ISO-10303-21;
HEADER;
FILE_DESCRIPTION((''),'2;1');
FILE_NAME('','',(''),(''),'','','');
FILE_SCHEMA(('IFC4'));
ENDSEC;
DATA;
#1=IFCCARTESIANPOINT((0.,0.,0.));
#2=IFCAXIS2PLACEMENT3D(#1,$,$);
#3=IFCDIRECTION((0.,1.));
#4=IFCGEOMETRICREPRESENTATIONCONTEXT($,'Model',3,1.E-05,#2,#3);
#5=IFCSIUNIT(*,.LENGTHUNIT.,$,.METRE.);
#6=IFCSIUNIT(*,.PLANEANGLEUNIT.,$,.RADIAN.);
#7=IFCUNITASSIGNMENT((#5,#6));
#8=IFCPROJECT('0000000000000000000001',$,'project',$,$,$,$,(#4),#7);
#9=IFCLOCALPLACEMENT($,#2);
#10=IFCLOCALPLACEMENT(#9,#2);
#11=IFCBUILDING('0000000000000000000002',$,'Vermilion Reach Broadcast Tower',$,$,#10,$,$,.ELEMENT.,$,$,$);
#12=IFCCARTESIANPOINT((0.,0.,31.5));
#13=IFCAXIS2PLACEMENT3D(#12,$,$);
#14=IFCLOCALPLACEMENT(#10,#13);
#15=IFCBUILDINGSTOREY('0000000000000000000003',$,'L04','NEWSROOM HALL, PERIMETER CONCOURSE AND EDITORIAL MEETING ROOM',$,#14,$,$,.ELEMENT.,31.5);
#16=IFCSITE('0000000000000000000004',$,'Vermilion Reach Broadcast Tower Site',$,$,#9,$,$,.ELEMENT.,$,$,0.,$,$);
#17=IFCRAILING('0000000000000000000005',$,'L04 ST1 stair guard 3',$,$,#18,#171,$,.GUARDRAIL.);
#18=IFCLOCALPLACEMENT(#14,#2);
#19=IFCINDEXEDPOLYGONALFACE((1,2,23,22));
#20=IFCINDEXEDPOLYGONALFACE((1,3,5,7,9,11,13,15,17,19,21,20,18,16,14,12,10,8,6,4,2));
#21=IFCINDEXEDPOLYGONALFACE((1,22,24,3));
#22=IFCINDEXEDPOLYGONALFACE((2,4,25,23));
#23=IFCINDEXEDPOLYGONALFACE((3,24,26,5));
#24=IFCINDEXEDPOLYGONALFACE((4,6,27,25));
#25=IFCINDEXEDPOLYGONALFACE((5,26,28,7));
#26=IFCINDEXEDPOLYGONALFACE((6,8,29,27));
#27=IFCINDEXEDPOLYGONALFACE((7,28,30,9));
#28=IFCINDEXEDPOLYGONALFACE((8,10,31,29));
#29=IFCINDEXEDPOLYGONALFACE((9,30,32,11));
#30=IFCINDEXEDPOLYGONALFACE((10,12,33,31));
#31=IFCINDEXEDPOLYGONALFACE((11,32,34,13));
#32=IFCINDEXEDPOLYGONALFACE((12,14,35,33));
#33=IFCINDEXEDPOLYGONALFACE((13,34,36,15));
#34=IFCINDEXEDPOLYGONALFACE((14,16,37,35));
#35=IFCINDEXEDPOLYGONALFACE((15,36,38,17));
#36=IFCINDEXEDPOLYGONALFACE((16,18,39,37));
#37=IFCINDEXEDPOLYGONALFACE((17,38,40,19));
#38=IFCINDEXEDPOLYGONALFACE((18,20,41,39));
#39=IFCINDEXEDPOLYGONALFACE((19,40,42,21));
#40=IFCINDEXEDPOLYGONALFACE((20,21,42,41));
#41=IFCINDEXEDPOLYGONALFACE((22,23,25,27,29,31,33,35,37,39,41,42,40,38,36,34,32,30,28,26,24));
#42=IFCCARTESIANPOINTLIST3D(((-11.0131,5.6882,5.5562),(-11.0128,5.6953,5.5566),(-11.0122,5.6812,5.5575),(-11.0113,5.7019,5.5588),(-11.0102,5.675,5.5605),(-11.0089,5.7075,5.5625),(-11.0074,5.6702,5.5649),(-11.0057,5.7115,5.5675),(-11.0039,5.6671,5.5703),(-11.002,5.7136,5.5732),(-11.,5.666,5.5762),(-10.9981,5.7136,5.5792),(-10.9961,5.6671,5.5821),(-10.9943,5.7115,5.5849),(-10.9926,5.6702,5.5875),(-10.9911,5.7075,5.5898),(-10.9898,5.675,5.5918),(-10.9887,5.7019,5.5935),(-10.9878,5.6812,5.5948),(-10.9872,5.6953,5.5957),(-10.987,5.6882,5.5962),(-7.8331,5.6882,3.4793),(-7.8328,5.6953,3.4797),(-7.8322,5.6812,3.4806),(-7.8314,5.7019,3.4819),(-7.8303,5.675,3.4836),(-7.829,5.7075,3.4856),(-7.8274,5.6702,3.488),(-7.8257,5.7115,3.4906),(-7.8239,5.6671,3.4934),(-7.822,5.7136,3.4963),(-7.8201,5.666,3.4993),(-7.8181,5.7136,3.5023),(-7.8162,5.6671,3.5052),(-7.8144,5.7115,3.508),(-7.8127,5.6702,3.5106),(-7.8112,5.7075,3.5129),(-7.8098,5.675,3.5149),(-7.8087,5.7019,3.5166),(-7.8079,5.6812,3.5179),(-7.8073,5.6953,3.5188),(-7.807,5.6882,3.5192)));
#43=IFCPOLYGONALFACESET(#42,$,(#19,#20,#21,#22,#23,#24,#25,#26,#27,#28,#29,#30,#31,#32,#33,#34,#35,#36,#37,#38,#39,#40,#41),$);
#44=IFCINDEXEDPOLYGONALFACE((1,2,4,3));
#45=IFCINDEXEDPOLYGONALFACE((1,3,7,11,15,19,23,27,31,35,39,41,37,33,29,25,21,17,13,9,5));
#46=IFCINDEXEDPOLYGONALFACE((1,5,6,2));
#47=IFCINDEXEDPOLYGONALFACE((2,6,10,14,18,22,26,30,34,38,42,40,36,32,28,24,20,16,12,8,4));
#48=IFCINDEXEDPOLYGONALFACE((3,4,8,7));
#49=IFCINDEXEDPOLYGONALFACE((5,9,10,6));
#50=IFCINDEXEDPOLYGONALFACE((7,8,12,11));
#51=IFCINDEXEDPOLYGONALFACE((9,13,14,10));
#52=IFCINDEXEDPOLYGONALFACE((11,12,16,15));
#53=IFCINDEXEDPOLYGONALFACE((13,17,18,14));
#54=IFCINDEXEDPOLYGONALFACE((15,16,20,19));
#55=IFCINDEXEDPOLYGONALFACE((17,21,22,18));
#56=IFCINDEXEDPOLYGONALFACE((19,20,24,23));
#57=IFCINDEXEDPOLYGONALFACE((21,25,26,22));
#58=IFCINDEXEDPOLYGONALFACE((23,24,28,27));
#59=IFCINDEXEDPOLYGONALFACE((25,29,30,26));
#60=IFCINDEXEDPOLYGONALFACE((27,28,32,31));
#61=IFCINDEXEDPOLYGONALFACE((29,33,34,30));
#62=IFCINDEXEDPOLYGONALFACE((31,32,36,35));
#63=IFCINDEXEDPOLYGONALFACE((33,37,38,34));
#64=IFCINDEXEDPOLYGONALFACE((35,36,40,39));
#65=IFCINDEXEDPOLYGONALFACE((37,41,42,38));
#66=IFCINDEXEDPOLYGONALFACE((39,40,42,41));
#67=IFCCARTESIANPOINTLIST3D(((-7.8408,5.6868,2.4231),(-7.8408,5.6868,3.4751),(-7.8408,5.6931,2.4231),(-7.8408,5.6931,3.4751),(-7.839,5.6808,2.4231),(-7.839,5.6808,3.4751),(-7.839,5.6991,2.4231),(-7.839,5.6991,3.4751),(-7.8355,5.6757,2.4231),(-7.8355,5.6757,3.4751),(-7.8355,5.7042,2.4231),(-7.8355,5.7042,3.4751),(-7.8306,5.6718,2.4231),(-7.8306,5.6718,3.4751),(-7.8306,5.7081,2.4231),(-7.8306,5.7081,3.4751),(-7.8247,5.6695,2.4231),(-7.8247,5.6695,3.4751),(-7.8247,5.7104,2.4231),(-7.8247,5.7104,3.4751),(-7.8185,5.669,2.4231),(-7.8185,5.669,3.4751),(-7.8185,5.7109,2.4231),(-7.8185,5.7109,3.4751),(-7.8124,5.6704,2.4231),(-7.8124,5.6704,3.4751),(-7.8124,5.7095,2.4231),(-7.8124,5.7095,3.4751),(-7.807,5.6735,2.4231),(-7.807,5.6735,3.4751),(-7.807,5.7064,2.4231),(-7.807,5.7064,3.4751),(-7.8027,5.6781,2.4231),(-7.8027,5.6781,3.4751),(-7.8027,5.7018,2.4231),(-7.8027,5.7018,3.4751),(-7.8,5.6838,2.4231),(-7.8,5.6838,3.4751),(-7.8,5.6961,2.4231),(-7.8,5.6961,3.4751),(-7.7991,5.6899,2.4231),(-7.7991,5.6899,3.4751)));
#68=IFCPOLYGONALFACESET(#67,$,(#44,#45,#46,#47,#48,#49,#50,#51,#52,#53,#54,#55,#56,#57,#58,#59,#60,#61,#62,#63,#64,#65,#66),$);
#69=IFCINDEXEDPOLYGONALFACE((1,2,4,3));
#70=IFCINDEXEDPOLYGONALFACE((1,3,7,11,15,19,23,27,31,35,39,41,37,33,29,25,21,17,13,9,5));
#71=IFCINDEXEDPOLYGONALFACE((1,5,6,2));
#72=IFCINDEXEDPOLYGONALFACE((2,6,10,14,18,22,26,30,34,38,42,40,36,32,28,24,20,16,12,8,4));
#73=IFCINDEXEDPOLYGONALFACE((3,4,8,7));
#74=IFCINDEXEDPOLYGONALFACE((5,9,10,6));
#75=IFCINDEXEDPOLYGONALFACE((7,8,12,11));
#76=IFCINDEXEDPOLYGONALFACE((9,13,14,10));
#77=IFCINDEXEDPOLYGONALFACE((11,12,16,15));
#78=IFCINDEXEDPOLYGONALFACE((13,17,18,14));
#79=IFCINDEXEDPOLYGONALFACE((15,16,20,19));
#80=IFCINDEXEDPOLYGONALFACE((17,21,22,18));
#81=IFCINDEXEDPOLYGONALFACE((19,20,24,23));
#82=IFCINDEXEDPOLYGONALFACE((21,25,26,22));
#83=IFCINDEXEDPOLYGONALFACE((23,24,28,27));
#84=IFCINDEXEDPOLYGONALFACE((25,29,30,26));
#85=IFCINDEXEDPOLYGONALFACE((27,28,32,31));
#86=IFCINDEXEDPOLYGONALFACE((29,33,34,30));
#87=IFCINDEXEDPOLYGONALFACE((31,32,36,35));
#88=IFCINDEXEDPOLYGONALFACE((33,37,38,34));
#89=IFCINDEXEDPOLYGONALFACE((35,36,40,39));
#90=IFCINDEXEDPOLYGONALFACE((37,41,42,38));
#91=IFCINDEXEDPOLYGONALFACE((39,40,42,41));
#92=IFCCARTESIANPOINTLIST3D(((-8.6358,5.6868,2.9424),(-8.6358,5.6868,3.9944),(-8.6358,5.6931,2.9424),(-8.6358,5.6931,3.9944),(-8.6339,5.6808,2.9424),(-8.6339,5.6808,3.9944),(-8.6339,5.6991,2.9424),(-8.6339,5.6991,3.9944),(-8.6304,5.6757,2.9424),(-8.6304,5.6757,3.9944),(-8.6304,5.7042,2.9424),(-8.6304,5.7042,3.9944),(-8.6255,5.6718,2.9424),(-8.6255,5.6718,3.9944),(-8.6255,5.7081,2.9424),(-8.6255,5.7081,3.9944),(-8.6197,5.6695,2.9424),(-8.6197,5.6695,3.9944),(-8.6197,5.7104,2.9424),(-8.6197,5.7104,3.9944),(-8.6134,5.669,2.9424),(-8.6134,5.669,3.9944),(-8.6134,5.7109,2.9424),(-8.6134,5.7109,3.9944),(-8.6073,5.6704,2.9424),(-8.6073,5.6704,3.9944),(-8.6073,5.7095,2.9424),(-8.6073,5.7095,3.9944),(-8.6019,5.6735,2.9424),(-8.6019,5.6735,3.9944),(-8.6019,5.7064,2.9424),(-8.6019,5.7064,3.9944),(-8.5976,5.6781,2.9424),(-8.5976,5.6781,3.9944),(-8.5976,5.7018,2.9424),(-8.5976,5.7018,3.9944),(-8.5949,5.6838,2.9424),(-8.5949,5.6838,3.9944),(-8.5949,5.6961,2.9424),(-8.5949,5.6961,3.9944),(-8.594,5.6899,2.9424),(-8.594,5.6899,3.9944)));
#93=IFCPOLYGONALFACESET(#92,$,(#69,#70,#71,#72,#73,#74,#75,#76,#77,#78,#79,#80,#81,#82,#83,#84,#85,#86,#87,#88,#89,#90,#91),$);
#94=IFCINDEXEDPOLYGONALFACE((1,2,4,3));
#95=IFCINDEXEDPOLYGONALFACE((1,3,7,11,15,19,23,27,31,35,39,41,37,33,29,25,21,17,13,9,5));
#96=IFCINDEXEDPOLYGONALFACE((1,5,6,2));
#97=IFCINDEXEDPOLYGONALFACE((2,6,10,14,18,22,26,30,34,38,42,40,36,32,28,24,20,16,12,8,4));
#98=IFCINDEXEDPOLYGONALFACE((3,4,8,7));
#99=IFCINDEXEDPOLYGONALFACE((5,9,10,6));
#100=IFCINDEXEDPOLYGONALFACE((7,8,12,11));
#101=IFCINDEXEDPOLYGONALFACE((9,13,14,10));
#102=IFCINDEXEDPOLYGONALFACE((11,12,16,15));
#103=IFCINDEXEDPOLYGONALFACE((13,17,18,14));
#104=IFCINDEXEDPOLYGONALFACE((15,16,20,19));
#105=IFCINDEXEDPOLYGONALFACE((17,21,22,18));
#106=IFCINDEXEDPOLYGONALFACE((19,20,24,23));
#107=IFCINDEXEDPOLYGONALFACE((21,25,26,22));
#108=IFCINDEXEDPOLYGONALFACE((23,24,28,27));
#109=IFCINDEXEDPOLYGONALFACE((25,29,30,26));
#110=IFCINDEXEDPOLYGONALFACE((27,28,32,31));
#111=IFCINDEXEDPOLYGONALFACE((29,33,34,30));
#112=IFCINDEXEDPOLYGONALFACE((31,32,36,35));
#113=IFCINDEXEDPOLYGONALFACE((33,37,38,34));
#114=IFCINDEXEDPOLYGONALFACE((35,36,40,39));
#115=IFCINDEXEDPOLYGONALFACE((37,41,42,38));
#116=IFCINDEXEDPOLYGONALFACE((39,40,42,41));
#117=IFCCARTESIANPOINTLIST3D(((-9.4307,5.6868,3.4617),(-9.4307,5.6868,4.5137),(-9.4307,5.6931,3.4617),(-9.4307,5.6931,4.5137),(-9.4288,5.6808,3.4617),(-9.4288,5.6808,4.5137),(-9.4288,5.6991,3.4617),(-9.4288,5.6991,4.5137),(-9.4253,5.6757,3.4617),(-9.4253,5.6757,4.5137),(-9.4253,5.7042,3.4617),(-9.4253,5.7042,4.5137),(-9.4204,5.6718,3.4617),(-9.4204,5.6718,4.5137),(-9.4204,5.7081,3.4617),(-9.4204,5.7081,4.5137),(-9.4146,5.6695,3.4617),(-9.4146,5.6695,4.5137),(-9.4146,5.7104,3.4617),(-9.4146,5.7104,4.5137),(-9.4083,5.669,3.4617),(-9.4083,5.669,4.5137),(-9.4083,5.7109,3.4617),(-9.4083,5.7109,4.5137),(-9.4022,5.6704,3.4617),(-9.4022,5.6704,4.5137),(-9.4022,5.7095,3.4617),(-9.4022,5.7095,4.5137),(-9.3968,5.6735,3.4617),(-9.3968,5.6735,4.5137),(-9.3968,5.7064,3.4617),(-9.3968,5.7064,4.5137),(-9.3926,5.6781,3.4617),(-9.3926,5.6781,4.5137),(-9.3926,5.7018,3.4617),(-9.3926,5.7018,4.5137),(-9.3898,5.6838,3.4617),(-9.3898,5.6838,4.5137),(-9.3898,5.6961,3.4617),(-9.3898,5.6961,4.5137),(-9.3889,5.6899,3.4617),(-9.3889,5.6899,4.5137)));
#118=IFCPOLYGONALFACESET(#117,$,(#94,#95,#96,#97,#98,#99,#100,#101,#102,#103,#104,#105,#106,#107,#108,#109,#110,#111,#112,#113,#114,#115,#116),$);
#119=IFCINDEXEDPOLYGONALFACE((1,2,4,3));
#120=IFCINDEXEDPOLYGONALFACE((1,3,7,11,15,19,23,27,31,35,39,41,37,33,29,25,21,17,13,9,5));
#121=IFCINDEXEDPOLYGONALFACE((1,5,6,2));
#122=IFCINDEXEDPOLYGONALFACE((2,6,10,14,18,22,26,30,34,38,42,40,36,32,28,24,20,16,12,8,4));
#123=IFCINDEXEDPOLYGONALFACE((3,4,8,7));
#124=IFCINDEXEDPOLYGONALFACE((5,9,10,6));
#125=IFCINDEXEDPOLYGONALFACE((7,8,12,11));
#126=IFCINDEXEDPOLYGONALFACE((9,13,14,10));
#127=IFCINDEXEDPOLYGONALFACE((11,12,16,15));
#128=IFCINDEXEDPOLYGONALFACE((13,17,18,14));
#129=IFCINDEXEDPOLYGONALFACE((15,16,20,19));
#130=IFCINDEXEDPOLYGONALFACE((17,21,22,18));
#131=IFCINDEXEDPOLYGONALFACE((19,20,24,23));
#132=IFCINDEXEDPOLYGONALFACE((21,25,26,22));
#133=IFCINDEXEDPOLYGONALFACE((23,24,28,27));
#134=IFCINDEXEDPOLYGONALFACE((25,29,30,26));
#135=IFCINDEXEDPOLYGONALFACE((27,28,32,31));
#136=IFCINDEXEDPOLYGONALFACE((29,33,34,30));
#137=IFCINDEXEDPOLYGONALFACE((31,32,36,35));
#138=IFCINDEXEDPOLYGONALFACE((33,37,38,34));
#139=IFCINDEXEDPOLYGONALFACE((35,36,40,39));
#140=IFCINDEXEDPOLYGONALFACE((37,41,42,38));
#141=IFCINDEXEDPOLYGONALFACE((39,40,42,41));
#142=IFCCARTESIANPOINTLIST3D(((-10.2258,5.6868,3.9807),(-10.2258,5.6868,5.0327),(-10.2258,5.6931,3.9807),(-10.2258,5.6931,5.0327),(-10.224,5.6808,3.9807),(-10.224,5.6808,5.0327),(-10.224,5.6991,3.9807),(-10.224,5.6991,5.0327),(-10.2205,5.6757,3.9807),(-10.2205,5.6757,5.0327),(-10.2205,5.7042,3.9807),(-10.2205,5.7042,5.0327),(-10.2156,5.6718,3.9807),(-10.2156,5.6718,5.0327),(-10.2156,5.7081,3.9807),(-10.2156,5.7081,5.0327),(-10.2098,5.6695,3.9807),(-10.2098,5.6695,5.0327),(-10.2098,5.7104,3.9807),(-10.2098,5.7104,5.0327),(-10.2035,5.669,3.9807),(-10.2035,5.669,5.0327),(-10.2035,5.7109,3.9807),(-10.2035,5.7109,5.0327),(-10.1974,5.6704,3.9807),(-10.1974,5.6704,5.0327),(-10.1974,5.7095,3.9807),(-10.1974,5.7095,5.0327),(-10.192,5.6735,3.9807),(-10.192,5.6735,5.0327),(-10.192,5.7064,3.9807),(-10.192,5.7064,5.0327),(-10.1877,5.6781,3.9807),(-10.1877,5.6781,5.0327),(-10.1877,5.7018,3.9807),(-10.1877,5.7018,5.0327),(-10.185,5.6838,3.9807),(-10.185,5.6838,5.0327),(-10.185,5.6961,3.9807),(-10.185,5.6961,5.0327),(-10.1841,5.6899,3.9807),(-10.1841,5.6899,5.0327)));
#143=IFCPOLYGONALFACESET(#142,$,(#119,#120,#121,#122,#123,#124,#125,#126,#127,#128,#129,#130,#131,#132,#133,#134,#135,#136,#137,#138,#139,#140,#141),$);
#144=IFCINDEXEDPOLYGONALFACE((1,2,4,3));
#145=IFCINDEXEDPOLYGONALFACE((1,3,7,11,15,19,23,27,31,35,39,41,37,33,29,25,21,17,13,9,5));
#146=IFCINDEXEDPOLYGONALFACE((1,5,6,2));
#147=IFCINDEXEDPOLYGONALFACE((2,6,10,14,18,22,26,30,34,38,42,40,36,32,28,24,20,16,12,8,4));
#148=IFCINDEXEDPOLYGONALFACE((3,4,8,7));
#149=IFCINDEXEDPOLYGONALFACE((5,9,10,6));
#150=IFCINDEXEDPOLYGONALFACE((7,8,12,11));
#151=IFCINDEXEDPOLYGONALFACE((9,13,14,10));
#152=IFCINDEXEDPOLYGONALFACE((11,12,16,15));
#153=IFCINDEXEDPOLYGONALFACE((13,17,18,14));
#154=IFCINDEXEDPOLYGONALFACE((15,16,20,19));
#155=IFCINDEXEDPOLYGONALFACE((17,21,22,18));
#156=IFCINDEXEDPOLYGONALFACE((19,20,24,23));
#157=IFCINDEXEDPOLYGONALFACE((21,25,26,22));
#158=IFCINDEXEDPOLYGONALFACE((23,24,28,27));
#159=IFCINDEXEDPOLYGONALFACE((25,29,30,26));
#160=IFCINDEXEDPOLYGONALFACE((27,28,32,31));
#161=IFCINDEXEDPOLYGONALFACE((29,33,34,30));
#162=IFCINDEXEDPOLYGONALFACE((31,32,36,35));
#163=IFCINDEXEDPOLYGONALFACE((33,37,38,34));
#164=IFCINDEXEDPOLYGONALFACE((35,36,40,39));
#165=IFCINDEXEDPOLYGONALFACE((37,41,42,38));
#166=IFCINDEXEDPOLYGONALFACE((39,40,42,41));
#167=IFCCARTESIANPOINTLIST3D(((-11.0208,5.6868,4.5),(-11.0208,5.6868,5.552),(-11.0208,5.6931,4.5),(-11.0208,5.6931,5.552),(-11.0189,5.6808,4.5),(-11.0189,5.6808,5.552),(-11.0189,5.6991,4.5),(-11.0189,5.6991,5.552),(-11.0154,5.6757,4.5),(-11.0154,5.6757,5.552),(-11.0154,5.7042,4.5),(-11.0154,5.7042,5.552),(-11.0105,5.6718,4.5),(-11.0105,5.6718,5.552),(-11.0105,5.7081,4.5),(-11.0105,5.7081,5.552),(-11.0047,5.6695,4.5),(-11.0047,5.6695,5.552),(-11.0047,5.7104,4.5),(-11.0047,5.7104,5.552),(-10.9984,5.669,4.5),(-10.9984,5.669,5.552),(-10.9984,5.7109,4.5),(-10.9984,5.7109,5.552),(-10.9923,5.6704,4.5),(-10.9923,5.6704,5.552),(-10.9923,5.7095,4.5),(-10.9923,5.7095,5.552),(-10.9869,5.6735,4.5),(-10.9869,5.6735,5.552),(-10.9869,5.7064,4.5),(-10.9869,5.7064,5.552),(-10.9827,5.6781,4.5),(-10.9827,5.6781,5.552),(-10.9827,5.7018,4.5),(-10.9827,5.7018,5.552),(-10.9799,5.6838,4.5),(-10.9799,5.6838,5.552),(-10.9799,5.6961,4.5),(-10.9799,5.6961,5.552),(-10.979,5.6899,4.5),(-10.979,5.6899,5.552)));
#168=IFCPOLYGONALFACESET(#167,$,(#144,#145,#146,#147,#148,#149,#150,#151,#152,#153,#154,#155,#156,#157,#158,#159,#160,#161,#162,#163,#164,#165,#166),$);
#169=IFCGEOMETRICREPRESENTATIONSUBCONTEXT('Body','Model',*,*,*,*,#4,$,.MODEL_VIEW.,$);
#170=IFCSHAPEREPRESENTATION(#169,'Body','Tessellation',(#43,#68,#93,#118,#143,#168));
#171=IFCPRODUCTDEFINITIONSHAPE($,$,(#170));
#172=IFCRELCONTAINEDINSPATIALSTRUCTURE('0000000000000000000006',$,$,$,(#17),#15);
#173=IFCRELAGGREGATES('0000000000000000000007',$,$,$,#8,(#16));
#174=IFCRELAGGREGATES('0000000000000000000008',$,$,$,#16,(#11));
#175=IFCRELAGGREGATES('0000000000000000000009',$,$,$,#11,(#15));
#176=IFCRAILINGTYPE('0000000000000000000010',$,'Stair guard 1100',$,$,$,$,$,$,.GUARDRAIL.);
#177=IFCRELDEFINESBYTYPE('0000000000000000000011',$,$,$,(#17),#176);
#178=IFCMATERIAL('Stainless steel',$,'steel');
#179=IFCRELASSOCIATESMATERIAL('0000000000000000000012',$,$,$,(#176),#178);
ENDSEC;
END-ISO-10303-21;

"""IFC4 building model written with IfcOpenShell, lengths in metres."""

from ifc_helpers import new_model, si_unit, direction, frame, origin, origin_2d, place, context, subcontext, project, spatial, circle, extrude, material, type_object, element, save


model = new_model("IFC4")

# Units and contexts
model_context = context("Model", 3, precision=1e-05, world=origin(), true_north=direction((0.0, 1.0)))
body_context = subcontext(model_context, "Body", "Model", "MODEL_VIEW")
ifc_project = project(units=[si_unit("LENGTHUNIT", "METRE"), si_unit("PLANEANGLEUNIT", "RADIAN")], contexts=[model_context])

# Site, building, storey
site_placement = place(None, origin())
site = spatial("IfcSite", under=ifc_project, at=site_placement, Name="Vermilion Reach Broadcast Tower Site", CompositionType="ELEMENT", RefElevation=0.0)
building_placement = place(site_placement, origin())
building = spatial("IfcBuilding", under=site, at=building_placement, Name="Vermilion Reach Broadcast Tower", CompositionType="ELEMENT")
storey_placement = place(building_placement, frame((0.0, 0.0, 31.5)))
storey = spatial("IfcBuildingStorey", under=building, at=storey_placement, Name="L04", Description="NEWSROOM HALL, PERIMETER CONCOURSE AND EDITORIAL MEETING ROOM", CompositionType="ELEMENT", Elevation=31.5)

# Railing
ifc_material_1 = material(Name="Stainless steel", Category="steel")
railing_type_1 = type_object("IfcRailingType", Name="Stair guard 1100", PredefinedType="GUARDRAIL", material=ifc_material_1)
railing_1_placement = place(storey_placement, frame((-7.8201, 5.6899, 2.4231)))
element("IfcRailing", 1, at=railing_1_placement, inside=storey, type_object=railing_type_1, Name="L04 ST1 stair guard 3", PredefinedType="GUARDRAIL", context=body_context, shape_type="SweptSolid", body=[
    extrude(circle(Radius=0.0239, at=origin_2d()), frame((0.0, 0.0, 1.0762), z_axis=(-0.837245, 0.0, 0.546828), x_axis=(0.0, -1.0, 0.0)), (0.0, 0.0, 1.0), 3.7981),
    extrude(circle(Radius=0.021, at=origin_2d()), origin(), (0.0, 0.0, 1.0), 1.052),
    extrude(circle(Radius=0.021, at=origin_2d()), frame((-0.7949, 0.0, 0.5193)), (0.0, 0.0, 1.0), 1.052),
    extrude(circle(Radius=0.021, at=origin_2d()), frame((-1.5898, 0.0, 1.0386)), (0.0, 0.0, 1.0), 1.052),
    extrude(circle(Radius=0.021, at=origin_2d()), frame((-2.385, 0.0, 1.5576)), (0.0, 0.0, 1.0), 1.052),
    extrude(circle(Radius=0.021, at=origin_2d()), frame((-3.1799, 0.0, 2.0769)), (0.0, 0.0, 1.0), 1.052),
])

save(model, "model.ifc")
